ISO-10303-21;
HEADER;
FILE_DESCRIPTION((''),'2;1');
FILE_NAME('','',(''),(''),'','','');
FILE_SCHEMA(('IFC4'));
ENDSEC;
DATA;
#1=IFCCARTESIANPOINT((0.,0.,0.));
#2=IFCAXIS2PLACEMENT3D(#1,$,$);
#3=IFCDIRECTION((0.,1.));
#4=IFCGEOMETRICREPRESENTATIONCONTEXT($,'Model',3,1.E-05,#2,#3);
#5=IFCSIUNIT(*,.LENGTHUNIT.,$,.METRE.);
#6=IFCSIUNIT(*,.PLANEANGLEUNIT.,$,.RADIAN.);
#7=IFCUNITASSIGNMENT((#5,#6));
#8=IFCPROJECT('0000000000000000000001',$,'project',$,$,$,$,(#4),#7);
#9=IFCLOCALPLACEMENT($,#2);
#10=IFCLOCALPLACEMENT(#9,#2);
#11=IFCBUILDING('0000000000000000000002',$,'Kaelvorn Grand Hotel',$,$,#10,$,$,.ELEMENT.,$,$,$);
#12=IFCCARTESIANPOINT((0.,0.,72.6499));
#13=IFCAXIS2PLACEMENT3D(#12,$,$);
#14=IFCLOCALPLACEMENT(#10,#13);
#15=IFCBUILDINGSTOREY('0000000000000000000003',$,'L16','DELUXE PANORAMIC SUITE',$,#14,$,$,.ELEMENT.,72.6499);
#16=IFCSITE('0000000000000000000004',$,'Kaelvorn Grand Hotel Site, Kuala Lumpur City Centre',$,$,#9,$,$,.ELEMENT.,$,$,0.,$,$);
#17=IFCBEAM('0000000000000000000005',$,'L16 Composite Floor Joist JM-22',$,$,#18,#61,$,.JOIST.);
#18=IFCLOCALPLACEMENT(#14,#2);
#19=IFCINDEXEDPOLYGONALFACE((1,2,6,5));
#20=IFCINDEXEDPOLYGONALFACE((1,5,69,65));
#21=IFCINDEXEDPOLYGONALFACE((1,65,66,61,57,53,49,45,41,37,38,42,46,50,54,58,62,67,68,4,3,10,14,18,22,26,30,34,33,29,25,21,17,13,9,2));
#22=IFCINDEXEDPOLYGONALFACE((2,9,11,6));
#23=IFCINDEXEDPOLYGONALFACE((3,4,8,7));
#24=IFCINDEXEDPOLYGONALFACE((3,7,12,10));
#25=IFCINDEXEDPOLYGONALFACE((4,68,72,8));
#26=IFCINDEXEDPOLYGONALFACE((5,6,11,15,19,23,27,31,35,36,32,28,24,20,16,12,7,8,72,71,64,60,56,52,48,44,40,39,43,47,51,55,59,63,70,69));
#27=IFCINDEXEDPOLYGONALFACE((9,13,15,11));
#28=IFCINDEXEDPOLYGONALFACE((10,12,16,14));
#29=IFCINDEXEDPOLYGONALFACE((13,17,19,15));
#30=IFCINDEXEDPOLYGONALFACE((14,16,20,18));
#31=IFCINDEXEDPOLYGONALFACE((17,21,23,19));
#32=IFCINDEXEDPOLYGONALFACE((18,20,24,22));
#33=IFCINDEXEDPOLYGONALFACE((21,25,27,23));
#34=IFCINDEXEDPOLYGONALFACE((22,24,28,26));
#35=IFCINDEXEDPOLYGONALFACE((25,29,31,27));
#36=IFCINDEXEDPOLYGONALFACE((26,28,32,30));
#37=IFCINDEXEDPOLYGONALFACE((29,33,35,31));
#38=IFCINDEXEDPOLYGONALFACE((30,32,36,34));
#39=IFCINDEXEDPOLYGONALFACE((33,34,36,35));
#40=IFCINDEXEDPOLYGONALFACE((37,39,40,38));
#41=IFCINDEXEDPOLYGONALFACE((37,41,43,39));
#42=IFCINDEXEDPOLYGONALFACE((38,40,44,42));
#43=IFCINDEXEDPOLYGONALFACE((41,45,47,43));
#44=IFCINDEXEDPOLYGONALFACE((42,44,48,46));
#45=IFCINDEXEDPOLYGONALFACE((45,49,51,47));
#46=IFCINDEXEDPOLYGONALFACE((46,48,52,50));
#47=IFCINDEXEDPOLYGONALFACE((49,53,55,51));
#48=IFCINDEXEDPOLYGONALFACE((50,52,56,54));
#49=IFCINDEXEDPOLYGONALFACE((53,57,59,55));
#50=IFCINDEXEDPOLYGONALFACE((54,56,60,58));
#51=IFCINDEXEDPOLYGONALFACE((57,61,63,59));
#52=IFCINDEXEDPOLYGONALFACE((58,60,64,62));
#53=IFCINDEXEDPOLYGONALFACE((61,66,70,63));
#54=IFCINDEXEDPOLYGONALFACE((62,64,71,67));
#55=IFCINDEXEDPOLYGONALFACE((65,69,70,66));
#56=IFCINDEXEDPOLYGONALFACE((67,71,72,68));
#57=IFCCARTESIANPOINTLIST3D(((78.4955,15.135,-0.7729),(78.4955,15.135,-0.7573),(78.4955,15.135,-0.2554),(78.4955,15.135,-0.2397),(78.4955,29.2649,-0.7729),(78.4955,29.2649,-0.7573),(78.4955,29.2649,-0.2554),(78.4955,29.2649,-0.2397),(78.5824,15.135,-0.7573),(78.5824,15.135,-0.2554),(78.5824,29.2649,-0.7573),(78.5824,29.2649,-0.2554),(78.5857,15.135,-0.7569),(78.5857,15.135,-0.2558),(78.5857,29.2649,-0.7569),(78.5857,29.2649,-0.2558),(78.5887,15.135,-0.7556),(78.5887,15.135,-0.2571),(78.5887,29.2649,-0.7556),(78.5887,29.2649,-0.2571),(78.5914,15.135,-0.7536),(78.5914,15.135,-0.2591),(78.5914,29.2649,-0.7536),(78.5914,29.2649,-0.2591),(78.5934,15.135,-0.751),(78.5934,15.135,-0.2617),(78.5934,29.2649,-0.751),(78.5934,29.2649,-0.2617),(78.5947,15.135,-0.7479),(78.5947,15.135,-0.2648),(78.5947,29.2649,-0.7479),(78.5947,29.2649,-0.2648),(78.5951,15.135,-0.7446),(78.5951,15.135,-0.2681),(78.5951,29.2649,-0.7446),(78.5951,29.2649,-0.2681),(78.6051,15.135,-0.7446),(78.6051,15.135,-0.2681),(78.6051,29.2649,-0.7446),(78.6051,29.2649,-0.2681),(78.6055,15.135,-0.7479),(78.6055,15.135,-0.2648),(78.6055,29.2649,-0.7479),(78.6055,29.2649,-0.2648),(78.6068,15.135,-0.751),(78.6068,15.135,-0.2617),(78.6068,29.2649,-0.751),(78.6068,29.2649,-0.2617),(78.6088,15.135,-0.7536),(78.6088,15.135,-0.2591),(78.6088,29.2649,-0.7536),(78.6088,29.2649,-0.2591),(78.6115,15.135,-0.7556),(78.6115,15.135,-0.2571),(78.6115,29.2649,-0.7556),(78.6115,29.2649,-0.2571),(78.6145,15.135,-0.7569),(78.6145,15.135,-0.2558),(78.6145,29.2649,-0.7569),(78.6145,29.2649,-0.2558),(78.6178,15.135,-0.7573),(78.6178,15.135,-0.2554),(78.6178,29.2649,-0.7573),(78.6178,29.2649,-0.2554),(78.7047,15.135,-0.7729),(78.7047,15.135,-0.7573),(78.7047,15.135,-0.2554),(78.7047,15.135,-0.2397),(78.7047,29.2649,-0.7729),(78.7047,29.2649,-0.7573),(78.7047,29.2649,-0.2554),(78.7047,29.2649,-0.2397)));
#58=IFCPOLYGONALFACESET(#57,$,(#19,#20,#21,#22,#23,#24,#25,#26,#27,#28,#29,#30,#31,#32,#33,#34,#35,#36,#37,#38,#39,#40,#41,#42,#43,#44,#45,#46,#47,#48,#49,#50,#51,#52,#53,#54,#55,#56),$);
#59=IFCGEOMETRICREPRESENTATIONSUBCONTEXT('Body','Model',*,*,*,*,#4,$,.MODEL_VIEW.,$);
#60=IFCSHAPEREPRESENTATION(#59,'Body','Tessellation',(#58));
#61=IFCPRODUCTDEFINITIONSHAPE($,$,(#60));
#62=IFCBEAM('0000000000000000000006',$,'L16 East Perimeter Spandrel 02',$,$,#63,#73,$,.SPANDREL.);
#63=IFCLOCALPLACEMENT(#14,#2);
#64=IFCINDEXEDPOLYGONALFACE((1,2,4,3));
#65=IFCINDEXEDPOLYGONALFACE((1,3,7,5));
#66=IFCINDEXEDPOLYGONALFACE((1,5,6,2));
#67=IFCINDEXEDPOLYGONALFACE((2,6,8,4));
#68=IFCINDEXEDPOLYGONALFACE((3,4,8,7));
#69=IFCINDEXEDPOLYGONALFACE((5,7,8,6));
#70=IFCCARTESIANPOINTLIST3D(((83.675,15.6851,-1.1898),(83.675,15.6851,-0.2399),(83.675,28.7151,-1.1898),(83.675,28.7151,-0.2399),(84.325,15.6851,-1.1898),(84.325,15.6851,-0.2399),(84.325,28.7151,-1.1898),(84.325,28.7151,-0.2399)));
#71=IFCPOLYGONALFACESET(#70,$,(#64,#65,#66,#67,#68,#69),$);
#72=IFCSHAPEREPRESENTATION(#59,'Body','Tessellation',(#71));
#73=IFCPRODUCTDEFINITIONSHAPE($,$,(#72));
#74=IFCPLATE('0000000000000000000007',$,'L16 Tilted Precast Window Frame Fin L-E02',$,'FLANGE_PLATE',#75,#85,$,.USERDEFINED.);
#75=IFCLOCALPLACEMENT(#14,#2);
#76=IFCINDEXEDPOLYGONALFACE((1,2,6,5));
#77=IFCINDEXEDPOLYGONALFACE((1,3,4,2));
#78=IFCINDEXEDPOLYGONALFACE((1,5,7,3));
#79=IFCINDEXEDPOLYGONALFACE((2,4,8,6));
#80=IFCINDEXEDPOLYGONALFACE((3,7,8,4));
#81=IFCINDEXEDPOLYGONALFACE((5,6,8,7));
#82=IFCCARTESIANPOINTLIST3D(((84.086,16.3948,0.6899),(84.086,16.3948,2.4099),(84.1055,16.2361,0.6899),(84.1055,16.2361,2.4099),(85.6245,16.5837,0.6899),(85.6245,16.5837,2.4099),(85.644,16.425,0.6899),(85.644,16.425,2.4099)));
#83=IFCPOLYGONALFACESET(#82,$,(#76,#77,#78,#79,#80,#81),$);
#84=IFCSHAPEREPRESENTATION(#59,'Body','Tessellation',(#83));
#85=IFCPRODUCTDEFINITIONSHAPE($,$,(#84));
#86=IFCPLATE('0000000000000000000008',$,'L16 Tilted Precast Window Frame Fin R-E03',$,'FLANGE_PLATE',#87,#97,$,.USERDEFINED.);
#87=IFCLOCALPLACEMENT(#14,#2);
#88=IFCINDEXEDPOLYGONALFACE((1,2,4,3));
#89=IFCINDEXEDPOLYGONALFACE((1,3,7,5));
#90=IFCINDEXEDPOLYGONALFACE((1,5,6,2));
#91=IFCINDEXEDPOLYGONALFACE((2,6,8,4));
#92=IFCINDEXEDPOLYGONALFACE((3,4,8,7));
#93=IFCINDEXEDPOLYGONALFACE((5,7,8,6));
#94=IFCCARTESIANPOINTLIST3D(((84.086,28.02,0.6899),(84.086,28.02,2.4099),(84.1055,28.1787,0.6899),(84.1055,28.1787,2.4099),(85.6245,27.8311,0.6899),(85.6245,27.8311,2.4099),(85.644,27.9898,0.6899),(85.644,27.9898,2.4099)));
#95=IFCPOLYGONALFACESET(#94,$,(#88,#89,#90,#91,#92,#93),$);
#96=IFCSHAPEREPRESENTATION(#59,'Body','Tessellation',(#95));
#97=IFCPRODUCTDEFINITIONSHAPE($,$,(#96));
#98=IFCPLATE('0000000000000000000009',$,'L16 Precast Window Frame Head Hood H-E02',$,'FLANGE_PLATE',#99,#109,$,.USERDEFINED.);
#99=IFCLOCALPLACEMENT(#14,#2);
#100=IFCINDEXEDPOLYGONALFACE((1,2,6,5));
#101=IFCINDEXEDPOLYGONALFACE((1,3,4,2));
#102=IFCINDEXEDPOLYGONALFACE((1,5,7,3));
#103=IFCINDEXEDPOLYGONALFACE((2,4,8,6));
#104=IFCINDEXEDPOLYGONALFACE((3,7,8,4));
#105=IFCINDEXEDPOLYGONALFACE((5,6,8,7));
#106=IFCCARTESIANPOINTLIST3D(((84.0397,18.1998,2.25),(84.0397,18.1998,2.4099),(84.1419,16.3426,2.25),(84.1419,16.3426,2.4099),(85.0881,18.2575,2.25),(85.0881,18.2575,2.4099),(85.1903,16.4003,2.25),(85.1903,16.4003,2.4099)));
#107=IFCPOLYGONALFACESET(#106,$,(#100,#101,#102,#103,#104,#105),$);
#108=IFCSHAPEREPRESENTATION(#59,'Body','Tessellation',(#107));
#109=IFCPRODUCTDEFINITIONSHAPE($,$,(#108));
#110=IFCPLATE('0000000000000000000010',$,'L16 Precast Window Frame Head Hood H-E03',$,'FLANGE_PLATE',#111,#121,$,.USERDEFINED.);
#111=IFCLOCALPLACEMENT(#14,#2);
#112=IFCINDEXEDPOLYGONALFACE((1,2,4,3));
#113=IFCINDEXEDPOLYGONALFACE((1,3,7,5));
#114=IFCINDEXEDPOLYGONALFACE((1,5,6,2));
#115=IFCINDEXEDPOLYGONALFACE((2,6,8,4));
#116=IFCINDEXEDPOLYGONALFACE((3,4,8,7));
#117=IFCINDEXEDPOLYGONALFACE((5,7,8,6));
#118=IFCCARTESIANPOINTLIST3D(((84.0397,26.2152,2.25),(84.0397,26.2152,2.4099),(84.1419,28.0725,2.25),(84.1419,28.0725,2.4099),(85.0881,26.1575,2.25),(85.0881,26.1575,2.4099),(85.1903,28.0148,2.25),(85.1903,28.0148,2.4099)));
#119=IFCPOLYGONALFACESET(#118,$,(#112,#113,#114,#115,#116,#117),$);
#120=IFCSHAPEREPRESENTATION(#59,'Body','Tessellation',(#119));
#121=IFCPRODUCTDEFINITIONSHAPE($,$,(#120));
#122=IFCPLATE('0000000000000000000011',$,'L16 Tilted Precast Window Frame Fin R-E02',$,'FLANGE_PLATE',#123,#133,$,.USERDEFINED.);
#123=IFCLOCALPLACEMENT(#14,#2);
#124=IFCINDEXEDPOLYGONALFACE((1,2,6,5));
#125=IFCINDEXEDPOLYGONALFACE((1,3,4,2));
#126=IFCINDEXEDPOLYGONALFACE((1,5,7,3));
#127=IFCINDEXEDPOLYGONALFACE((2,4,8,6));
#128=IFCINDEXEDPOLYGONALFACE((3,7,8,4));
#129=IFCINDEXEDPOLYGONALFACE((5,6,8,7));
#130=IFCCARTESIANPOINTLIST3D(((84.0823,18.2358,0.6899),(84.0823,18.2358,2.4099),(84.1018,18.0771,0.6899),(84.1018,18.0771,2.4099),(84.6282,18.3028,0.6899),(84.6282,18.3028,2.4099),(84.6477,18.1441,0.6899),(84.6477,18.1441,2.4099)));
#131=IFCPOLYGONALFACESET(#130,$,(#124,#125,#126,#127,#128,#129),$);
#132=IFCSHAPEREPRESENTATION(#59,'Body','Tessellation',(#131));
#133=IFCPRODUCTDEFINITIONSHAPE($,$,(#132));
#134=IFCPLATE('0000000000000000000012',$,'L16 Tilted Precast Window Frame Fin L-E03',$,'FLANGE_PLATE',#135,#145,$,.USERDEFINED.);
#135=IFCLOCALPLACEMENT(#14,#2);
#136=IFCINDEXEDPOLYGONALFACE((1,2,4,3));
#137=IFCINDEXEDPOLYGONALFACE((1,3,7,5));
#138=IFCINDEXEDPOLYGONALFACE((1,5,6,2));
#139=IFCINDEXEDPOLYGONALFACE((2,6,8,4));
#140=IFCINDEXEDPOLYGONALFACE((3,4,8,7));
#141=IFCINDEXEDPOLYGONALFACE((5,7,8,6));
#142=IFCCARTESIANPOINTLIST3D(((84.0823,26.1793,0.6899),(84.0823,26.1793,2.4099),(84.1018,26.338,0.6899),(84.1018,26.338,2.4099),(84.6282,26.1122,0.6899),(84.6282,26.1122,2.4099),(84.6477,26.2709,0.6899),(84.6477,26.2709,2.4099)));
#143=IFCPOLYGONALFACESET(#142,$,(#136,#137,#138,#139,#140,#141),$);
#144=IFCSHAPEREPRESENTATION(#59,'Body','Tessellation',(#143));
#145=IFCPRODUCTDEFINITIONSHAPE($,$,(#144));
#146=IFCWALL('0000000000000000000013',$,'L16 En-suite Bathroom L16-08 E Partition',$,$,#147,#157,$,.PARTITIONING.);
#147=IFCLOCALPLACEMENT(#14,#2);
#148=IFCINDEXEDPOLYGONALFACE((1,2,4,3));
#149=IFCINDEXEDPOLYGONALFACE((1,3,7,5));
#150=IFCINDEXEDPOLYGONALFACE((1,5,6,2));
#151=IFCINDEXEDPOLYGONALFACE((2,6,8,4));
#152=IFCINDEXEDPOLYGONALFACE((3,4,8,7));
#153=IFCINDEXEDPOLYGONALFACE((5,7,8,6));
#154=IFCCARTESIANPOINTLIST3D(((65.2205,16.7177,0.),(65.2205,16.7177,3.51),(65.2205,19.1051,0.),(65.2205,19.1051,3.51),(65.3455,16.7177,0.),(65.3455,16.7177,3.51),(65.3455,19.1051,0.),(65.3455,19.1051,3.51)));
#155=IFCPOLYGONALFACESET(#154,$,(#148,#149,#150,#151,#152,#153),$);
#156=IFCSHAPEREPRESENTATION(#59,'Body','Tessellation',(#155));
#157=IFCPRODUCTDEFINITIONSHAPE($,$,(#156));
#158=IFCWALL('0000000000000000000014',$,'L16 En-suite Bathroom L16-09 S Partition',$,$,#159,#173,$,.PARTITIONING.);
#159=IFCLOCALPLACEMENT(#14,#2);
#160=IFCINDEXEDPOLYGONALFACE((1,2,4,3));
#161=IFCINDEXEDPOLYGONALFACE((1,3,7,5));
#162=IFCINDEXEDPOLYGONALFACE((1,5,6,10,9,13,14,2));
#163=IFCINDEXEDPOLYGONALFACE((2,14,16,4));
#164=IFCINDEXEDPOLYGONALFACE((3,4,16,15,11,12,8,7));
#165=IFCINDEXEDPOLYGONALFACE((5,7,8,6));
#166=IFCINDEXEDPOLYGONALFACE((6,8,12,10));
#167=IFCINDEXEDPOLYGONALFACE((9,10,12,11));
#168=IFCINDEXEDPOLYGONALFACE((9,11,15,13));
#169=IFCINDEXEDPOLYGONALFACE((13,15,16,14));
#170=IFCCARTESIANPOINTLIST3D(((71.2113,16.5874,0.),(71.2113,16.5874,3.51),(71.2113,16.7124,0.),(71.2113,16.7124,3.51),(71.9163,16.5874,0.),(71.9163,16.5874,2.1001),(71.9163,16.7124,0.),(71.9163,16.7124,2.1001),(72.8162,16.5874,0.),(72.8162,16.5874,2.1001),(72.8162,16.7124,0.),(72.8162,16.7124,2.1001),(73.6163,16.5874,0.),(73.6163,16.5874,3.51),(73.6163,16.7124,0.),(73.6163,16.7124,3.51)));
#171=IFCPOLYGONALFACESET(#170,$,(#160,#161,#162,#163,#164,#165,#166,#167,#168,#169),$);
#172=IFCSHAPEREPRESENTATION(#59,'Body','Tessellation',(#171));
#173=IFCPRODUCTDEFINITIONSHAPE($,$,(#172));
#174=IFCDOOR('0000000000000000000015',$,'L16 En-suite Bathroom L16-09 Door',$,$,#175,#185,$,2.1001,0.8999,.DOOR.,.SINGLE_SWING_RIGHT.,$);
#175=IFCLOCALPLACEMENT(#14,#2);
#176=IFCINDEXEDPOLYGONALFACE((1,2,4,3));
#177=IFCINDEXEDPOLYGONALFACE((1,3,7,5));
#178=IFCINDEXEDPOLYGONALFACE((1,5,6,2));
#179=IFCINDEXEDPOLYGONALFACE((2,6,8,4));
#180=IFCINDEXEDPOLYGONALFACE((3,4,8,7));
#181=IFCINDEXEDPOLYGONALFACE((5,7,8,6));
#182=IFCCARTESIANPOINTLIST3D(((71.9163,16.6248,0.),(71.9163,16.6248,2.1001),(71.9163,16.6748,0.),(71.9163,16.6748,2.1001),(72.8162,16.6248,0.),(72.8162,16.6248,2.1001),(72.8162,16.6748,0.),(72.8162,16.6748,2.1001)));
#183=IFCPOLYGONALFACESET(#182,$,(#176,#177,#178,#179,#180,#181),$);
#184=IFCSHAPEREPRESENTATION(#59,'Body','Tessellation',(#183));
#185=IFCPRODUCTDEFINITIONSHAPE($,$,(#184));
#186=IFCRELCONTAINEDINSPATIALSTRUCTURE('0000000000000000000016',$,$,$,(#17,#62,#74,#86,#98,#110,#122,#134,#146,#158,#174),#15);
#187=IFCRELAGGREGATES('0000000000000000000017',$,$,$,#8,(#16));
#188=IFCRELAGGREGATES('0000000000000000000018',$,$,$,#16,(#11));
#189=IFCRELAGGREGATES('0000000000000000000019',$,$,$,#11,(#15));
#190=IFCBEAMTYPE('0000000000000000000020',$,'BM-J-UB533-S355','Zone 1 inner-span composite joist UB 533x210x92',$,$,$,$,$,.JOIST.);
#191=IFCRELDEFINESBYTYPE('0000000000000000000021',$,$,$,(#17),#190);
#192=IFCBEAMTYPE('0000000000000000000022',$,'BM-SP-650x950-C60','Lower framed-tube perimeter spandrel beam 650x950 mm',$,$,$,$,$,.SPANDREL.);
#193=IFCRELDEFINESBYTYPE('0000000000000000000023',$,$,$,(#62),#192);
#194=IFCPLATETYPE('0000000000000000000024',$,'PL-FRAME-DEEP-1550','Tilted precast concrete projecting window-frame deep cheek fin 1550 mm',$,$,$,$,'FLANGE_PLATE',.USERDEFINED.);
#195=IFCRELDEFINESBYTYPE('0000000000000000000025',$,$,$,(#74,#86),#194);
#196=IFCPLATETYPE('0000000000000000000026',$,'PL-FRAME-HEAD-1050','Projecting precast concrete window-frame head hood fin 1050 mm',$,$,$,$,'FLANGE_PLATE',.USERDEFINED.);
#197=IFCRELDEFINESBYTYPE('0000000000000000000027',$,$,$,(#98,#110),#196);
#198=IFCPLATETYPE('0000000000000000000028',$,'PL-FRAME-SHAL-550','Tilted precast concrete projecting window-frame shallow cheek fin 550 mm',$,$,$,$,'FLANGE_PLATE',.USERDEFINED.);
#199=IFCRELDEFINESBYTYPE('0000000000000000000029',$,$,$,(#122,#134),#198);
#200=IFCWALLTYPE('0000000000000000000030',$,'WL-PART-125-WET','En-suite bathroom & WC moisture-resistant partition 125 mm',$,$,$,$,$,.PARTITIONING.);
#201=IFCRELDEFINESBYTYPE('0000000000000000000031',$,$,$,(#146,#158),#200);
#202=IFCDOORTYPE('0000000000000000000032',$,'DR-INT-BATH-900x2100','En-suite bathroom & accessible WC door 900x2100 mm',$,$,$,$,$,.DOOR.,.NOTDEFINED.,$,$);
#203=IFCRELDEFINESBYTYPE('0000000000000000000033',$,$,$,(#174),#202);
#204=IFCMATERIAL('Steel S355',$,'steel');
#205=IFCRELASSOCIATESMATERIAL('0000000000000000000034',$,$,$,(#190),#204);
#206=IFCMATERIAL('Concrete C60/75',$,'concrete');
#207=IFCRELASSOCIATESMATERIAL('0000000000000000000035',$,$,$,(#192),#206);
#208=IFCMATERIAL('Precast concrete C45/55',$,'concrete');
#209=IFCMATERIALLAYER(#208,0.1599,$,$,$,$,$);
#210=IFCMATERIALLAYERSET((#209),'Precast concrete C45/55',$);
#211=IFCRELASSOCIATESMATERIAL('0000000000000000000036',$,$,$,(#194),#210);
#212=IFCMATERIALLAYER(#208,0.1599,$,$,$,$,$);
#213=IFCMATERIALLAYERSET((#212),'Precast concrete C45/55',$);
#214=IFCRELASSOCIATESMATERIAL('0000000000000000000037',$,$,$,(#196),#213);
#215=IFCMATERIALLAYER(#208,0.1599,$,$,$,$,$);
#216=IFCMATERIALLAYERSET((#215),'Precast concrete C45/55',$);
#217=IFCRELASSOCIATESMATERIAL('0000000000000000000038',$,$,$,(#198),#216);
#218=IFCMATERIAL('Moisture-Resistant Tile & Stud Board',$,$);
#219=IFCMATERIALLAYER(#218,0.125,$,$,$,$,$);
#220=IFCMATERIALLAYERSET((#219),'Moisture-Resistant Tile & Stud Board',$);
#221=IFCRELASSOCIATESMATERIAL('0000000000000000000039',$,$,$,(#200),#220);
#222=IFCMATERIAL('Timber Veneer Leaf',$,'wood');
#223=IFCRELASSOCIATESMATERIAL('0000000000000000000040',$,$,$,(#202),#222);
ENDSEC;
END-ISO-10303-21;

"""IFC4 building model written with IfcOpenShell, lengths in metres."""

from ifc_helpers import new_model, si_unit, direction, frame, frame_2d, origin, origin_2d, place, context, subcontext, project, spatial, rectangle, i_section, extrude, material, layer, layer_set, material_profile, profile_set, type_object, element, fill, save


model = new_model("IFC4")

# Units and contexts
model_context = context("Model", 3, precision=1e-05, world=origin(), true_north=direction((0.0, 1.0)))
body_context = subcontext(model_context, "Body", "Model", "MODEL_VIEW")
ifc_project = project(units=[si_unit("LENGTHUNIT", "METRE"), si_unit("PLANEANGLEUNIT", "RADIAN")], contexts=[model_context])

# Site, building, storey
site_placement = place(None, origin())
site = spatial("IfcSite", under=ifc_project, at=site_placement, Name="Kaelvorn Grand Hotel Site, Kuala Lumpur City Centre", CompositionType="ELEMENT", RefElevation=0.0)
building_placement = place(site_placement, origin())
building = spatial("IfcBuilding", under=site, at=building_placement, Name="Kaelvorn Grand Hotel", CompositionType="ELEMENT")
storey_placement = place(building_placement, frame((0.0, 0.0, 72.6499)))
storey = spatial("IfcBuildingStorey", under=building, at=storey_placement, Name="L16", Description="DELUXE PANORAMIC SUITE", CompositionType="ELEMENT", Elevation=72.6499)

# Beams
ifc_material_1 = material(Name="Steel S355", Category="steel")
ifc_material_profile_1 = material_profile(ifc_material_1, i_section(OverallWidth=0.2092, OverallDepth=0.5332, WebThickness=0.01, FlangeThickness=0.0156, FilletRadius=0.0127, at=origin_2d()), Name="UB 533x210x92")
ifc_profile_set_1 = profile_set([ifc_material_profile_1], Name="Steel S355")
beam_type_1 = type_object("IfcBeamType", Name="BM-J-UB533-S355", Description="Zone 1 inner-span composite joist UB 533x210x92", PredefinedType="JOIST", material=ifc_profile_set_1)
beam_1_placement = place(storey_placement, frame((78.6001, 15.135, -0.5063), z_axis=(0.0, 1.0, 0.0), x_axis=(-1.0, 0.0, 0.0)))
element("IfcBeam", 1, at=beam_1_placement, inside=storey, type_object=beam_type_1, Name="L16 Composite Floor Joist JM-22", PredefinedType="JOIST", context=body_context, shape_type="SweptSolid", body=[
    extrude(i_section(OverallWidth=0.2092, OverallDepth=0.5332, WebThickness=0.01, FlangeThickness=0.0156, FilletRadius=0.0127, at=origin_2d()), origin(), (0.0, 0.0, 1.0), 14.1299),
])
ifc_material_2 = material(Name="Concrete C60/75", Category="concrete")
ifc_material_profile_2 = material_profile(ifc_material_2, rectangle(XDim=0.6499, YDim=0.95, at=origin_2d()), Name="RC SPANDREL 650x950")
ifc_profile_set_2 = profile_set([ifc_material_profile_2], Name="Concrete C60/75")
beam_type_2 = type_object("IfcBeamType", Name="BM-SP-650x950-C60", Description="Lower framed-tube perimeter spandrel beam 650x950 mm", PredefinedType="SPANDREL", material=ifc_profile_set_2)
beam_2_placement = place(storey_placement, frame((84.0, 15.6851, -0.7148), z_axis=(0.0, 1.0, 0.0), x_axis=(-1.0, 0.0, 0.0)))
element("IfcBeam", 2, at=beam_2_placement, inside=storey, type_object=beam_type_2, Name="L16 East Perimeter Spandrel 02", PredefinedType="SPANDREL", context=body_context, shape_type="SweptSolid", body=[
    extrude(rectangle(XDim=0.6499, YDim=0.95, at=origin_2d()), origin(), (0.0, 0.0, 1.0), 13.03),
])

# Plates
ifc_material_3 = material(Name="Precast concrete C45/55", Category="concrete")
ifc_layer_1 = layer(ifc_material_3, 0.1599)
ifc_layer_set_1 = layer_set([ifc_layer_1], Name="Precast concrete C45/55")
plate_type_1 = type_object("IfcPlateType", Name="PL-FRAME-DEEP-1550", Description="Tilted precast concrete projecting window-frame deep cheek fin 1550 mm", ElementType="FLANGE_PLATE", PredefinedType="USERDEFINED", material=ifc_layer_set_1)
for number, where, z_axis, x_axis, name in (
    (3, (84.865, 16.4099, 0.6899), (0.0, 0.0, 1.0), (-0.121869, 0.992546, 0.0), "L16 Tilted Precast Window Frame Fin L-E02"),
    (4, (84.865, 28.0049, 0.6899), (0.0, 0.0, 1.0), (0.121869, 0.992546, 0.0), "L16 Tilted Precast Window Frame Fin R-E03"),
):
    element("IfcPlate", number, at=place(storey_placement, frame(where, z_axis=z_axis, x_axis=x_axis)), inside=storey, type_object=plate_type_1, Name=name, ObjectType="FLANGE_PLATE", PredefinedType="USERDEFINED", context=body_context, shape_type="SweptSolid", body=[
        extrude(rectangle(XDim=0.1599, YDim=1.55, at=origin_2d()), origin(), (0.0, 0.0, 1.0), 1.72),
    ])
ifc_layer_2 = layer(ifc_material_3, 0.1599)
ifc_layer_set_2 = layer_set([ifc_layer_2], Name="Precast concrete C45/55")
plate_type_2 = type_object("IfcPlateType", Name="PL-FRAME-HEAD-1050", Description="Projecting precast concrete window-frame head hood fin 1050 mm", ElementType="FLANGE_PLATE", PredefinedType="USERDEFINED", material=ifc_layer_set_2)
for number, where, z_axis, x_axis, name in (
    (5, (84.615, 17.3, 2.25), (0.0, 0.0, 1.0), (-0.05495, 0.998489, 0.0), "L16 Precast Window Frame Head Hood H-E02"),
    (6, (84.615, 27.115, 2.25), (0.0, 0.0, 1.0), (0.05495, 0.998489, 0.0), "L16 Precast Window Frame Head Hood H-E03"),
):
    element("IfcPlate", number, at=place(storey_placement, frame(where, z_axis=z_axis, x_axis=x_axis)), inside=storey, type_object=plate_type_2, Name=name, ObjectType="FLANGE_PLATE", PredefinedType="USERDEFINED", context=body_context, shape_type="SweptSolid", body=[
        extrude(rectangle(XDim=1.8601, YDim=1.05, at=origin_2d()), origin(), (0.0, 0.0, 1.0), 0.1599),
    ])
ifc_layer_3 = layer(ifc_material_3, 0.1599)
ifc_layer_set_3 = layer_set([ifc_layer_3], Name="Precast concrete C45/55")
plate_type_3 = type_object("IfcPlateType", Name="PL-FRAME-SHAL-550", Description="Tilted precast concrete projecting window-frame shallow cheek fin 550 mm", ElementType="FLANGE_PLATE", PredefinedType="USERDEFINED", material=ifc_layer_set_3)
for number, where, z_axis, x_axis, name in (
    (7, (84.365, 18.1899, 0.6899), (0.0, 0.0, 1.0), (-0.121869, 0.992546, 0.0), "L16 Tilted Precast Window Frame Fin R-E02"),
    (8, (84.365, 26.2251, 0.6899), (0.0, 0.0, 1.0), (0.121869, 0.992546, 0.0), "L16 Tilted Precast Window Frame Fin L-E03"),
):
    element("IfcPlate", number, at=place(storey_placement, frame(where, z_axis=z_axis, x_axis=x_axis)), inside=storey, type_object=plate_type_3, Name=name, ObjectType="FLANGE_PLATE", PredefinedType="USERDEFINED", context=body_context, shape_type="SweptSolid", body=[
        extrude(rectangle(XDim=0.1599, YDim=0.55, at=origin_2d()), origin(), (0.0, 0.0, 1.0), 1.72),
    ])

# Wall
ifc_material_4 = material(Name="Moisture-Resistant Tile & Stud Board")
ifc_layer_4 = layer(ifc_material_4, 0.125)
ifc_layer_set_4 = layer_set([ifc_layer_4], Name="Moisture-Resistant Tile & Stud Board")
wall_type_1 = type_object("IfcWallType", Name="WL-PART-125-WET", Description="En-suite bathroom & WC moisture-resistant partition 125 mm", PredefinedType="PARTITIONING", material=ifc_layer_set_4)
wall_1_placement = place(storey_placement, frame((65.283, 16.7175, 0.0), z_axis=(0.0, 0.0, 1.0), x_axis=(0.0, 1.0, 0.0)))
element("IfcWall", 9, at=wall_1_placement, inside=storey, type_object=wall_type_1, Name="L16 En-suite Bathroom L16-08 E Partition", PredefinedType="PARTITIONING", context=body_context, shape_type="SweptSolid", body=[
    extrude(rectangle(XDim=2.3875, YDim=0.125, at=frame_2d((1.1938, 0.0))), origin(), (0.0, 0.0, 1.0), 3.51),
])

# Wall, opening, door
wall_2_placement = place(storey_placement, frame((71.2112, 16.6499, 0.0), z_axis=(0.0, 0.0, 1.0), x_axis=(1.0, 0.0, 0.0)))
wall_2 = element("IfcWall", 10, at=wall_2_placement, inside=storey, type_object=wall_type_1, Name="L16 En-suite Bathroom L16-09 S Partition", PredefinedType="PARTITIONING", context=body_context, shape_type="SweptSolid", body=[
    extrude(rectangle(XDim=2.405, YDim=0.125, at=frame_2d((1.2026, 0.0))), origin(), (0.0, 0.0, 1.0), 3.51),
])
opening_1_placement = place(wall_2_placement, frame((0.7051, 0.0, 0.0)))
opening_1 = element("IfcOpeningElement", 11, at=opening_1_placement, cuts=wall_2, PredefinedType="OPENING", context=body_context, shape_type="SweptSolid", body=[
    extrude(rectangle(XDim=0.8999, YDim=2.1001, at=frame_2d((0.45, 1.05))), frame((0.0, 0.0725, 0.0), z_axis=(0.0, -1.0, 0.0), x_axis=(1.0, 0.0, 0.0)), (0.0, 0.0, 1.0), 0.145),
])
ifc_material_5 = material(Name="Timber Veneer Leaf", Category="wood")
door_type_1 = type_object("IfcDoorType", Name="DR-INT-BATH-900x2100", Description="En-suite bathroom & accessible WC door 900x2100 mm", OperationType="NOTDEFINED", PredefinedType="DOOR", material=ifc_material_5)
door_1_placement = place(opening_1_placement, origin())
door_1 = element("IfcDoor", 12, at=door_1_placement, inside=storey, type_object=door_type_1, Name="L16 En-suite Bathroom L16-09 Door", OperationType="SINGLE_SWING_RIGHT", OverallHeight=2.1001, OverallWidth=0.8999, PredefinedType="DOOR", context=body_context, shape_type="SweptSolid", body=[
    extrude(rectangle(XDim=0.8999, YDim=2.1001, at=frame_2d((0.45, 1.05))), frame((0.0, 0.0249, 0.0), z_axis=(0.0, -1.0, 0.0), x_axis=(1.0, 0.0, 0.0)), (0.0, 0.0, 1.0), 0.05),
])
fill(opening_1, door_1)

save(model, "model.ifc")
